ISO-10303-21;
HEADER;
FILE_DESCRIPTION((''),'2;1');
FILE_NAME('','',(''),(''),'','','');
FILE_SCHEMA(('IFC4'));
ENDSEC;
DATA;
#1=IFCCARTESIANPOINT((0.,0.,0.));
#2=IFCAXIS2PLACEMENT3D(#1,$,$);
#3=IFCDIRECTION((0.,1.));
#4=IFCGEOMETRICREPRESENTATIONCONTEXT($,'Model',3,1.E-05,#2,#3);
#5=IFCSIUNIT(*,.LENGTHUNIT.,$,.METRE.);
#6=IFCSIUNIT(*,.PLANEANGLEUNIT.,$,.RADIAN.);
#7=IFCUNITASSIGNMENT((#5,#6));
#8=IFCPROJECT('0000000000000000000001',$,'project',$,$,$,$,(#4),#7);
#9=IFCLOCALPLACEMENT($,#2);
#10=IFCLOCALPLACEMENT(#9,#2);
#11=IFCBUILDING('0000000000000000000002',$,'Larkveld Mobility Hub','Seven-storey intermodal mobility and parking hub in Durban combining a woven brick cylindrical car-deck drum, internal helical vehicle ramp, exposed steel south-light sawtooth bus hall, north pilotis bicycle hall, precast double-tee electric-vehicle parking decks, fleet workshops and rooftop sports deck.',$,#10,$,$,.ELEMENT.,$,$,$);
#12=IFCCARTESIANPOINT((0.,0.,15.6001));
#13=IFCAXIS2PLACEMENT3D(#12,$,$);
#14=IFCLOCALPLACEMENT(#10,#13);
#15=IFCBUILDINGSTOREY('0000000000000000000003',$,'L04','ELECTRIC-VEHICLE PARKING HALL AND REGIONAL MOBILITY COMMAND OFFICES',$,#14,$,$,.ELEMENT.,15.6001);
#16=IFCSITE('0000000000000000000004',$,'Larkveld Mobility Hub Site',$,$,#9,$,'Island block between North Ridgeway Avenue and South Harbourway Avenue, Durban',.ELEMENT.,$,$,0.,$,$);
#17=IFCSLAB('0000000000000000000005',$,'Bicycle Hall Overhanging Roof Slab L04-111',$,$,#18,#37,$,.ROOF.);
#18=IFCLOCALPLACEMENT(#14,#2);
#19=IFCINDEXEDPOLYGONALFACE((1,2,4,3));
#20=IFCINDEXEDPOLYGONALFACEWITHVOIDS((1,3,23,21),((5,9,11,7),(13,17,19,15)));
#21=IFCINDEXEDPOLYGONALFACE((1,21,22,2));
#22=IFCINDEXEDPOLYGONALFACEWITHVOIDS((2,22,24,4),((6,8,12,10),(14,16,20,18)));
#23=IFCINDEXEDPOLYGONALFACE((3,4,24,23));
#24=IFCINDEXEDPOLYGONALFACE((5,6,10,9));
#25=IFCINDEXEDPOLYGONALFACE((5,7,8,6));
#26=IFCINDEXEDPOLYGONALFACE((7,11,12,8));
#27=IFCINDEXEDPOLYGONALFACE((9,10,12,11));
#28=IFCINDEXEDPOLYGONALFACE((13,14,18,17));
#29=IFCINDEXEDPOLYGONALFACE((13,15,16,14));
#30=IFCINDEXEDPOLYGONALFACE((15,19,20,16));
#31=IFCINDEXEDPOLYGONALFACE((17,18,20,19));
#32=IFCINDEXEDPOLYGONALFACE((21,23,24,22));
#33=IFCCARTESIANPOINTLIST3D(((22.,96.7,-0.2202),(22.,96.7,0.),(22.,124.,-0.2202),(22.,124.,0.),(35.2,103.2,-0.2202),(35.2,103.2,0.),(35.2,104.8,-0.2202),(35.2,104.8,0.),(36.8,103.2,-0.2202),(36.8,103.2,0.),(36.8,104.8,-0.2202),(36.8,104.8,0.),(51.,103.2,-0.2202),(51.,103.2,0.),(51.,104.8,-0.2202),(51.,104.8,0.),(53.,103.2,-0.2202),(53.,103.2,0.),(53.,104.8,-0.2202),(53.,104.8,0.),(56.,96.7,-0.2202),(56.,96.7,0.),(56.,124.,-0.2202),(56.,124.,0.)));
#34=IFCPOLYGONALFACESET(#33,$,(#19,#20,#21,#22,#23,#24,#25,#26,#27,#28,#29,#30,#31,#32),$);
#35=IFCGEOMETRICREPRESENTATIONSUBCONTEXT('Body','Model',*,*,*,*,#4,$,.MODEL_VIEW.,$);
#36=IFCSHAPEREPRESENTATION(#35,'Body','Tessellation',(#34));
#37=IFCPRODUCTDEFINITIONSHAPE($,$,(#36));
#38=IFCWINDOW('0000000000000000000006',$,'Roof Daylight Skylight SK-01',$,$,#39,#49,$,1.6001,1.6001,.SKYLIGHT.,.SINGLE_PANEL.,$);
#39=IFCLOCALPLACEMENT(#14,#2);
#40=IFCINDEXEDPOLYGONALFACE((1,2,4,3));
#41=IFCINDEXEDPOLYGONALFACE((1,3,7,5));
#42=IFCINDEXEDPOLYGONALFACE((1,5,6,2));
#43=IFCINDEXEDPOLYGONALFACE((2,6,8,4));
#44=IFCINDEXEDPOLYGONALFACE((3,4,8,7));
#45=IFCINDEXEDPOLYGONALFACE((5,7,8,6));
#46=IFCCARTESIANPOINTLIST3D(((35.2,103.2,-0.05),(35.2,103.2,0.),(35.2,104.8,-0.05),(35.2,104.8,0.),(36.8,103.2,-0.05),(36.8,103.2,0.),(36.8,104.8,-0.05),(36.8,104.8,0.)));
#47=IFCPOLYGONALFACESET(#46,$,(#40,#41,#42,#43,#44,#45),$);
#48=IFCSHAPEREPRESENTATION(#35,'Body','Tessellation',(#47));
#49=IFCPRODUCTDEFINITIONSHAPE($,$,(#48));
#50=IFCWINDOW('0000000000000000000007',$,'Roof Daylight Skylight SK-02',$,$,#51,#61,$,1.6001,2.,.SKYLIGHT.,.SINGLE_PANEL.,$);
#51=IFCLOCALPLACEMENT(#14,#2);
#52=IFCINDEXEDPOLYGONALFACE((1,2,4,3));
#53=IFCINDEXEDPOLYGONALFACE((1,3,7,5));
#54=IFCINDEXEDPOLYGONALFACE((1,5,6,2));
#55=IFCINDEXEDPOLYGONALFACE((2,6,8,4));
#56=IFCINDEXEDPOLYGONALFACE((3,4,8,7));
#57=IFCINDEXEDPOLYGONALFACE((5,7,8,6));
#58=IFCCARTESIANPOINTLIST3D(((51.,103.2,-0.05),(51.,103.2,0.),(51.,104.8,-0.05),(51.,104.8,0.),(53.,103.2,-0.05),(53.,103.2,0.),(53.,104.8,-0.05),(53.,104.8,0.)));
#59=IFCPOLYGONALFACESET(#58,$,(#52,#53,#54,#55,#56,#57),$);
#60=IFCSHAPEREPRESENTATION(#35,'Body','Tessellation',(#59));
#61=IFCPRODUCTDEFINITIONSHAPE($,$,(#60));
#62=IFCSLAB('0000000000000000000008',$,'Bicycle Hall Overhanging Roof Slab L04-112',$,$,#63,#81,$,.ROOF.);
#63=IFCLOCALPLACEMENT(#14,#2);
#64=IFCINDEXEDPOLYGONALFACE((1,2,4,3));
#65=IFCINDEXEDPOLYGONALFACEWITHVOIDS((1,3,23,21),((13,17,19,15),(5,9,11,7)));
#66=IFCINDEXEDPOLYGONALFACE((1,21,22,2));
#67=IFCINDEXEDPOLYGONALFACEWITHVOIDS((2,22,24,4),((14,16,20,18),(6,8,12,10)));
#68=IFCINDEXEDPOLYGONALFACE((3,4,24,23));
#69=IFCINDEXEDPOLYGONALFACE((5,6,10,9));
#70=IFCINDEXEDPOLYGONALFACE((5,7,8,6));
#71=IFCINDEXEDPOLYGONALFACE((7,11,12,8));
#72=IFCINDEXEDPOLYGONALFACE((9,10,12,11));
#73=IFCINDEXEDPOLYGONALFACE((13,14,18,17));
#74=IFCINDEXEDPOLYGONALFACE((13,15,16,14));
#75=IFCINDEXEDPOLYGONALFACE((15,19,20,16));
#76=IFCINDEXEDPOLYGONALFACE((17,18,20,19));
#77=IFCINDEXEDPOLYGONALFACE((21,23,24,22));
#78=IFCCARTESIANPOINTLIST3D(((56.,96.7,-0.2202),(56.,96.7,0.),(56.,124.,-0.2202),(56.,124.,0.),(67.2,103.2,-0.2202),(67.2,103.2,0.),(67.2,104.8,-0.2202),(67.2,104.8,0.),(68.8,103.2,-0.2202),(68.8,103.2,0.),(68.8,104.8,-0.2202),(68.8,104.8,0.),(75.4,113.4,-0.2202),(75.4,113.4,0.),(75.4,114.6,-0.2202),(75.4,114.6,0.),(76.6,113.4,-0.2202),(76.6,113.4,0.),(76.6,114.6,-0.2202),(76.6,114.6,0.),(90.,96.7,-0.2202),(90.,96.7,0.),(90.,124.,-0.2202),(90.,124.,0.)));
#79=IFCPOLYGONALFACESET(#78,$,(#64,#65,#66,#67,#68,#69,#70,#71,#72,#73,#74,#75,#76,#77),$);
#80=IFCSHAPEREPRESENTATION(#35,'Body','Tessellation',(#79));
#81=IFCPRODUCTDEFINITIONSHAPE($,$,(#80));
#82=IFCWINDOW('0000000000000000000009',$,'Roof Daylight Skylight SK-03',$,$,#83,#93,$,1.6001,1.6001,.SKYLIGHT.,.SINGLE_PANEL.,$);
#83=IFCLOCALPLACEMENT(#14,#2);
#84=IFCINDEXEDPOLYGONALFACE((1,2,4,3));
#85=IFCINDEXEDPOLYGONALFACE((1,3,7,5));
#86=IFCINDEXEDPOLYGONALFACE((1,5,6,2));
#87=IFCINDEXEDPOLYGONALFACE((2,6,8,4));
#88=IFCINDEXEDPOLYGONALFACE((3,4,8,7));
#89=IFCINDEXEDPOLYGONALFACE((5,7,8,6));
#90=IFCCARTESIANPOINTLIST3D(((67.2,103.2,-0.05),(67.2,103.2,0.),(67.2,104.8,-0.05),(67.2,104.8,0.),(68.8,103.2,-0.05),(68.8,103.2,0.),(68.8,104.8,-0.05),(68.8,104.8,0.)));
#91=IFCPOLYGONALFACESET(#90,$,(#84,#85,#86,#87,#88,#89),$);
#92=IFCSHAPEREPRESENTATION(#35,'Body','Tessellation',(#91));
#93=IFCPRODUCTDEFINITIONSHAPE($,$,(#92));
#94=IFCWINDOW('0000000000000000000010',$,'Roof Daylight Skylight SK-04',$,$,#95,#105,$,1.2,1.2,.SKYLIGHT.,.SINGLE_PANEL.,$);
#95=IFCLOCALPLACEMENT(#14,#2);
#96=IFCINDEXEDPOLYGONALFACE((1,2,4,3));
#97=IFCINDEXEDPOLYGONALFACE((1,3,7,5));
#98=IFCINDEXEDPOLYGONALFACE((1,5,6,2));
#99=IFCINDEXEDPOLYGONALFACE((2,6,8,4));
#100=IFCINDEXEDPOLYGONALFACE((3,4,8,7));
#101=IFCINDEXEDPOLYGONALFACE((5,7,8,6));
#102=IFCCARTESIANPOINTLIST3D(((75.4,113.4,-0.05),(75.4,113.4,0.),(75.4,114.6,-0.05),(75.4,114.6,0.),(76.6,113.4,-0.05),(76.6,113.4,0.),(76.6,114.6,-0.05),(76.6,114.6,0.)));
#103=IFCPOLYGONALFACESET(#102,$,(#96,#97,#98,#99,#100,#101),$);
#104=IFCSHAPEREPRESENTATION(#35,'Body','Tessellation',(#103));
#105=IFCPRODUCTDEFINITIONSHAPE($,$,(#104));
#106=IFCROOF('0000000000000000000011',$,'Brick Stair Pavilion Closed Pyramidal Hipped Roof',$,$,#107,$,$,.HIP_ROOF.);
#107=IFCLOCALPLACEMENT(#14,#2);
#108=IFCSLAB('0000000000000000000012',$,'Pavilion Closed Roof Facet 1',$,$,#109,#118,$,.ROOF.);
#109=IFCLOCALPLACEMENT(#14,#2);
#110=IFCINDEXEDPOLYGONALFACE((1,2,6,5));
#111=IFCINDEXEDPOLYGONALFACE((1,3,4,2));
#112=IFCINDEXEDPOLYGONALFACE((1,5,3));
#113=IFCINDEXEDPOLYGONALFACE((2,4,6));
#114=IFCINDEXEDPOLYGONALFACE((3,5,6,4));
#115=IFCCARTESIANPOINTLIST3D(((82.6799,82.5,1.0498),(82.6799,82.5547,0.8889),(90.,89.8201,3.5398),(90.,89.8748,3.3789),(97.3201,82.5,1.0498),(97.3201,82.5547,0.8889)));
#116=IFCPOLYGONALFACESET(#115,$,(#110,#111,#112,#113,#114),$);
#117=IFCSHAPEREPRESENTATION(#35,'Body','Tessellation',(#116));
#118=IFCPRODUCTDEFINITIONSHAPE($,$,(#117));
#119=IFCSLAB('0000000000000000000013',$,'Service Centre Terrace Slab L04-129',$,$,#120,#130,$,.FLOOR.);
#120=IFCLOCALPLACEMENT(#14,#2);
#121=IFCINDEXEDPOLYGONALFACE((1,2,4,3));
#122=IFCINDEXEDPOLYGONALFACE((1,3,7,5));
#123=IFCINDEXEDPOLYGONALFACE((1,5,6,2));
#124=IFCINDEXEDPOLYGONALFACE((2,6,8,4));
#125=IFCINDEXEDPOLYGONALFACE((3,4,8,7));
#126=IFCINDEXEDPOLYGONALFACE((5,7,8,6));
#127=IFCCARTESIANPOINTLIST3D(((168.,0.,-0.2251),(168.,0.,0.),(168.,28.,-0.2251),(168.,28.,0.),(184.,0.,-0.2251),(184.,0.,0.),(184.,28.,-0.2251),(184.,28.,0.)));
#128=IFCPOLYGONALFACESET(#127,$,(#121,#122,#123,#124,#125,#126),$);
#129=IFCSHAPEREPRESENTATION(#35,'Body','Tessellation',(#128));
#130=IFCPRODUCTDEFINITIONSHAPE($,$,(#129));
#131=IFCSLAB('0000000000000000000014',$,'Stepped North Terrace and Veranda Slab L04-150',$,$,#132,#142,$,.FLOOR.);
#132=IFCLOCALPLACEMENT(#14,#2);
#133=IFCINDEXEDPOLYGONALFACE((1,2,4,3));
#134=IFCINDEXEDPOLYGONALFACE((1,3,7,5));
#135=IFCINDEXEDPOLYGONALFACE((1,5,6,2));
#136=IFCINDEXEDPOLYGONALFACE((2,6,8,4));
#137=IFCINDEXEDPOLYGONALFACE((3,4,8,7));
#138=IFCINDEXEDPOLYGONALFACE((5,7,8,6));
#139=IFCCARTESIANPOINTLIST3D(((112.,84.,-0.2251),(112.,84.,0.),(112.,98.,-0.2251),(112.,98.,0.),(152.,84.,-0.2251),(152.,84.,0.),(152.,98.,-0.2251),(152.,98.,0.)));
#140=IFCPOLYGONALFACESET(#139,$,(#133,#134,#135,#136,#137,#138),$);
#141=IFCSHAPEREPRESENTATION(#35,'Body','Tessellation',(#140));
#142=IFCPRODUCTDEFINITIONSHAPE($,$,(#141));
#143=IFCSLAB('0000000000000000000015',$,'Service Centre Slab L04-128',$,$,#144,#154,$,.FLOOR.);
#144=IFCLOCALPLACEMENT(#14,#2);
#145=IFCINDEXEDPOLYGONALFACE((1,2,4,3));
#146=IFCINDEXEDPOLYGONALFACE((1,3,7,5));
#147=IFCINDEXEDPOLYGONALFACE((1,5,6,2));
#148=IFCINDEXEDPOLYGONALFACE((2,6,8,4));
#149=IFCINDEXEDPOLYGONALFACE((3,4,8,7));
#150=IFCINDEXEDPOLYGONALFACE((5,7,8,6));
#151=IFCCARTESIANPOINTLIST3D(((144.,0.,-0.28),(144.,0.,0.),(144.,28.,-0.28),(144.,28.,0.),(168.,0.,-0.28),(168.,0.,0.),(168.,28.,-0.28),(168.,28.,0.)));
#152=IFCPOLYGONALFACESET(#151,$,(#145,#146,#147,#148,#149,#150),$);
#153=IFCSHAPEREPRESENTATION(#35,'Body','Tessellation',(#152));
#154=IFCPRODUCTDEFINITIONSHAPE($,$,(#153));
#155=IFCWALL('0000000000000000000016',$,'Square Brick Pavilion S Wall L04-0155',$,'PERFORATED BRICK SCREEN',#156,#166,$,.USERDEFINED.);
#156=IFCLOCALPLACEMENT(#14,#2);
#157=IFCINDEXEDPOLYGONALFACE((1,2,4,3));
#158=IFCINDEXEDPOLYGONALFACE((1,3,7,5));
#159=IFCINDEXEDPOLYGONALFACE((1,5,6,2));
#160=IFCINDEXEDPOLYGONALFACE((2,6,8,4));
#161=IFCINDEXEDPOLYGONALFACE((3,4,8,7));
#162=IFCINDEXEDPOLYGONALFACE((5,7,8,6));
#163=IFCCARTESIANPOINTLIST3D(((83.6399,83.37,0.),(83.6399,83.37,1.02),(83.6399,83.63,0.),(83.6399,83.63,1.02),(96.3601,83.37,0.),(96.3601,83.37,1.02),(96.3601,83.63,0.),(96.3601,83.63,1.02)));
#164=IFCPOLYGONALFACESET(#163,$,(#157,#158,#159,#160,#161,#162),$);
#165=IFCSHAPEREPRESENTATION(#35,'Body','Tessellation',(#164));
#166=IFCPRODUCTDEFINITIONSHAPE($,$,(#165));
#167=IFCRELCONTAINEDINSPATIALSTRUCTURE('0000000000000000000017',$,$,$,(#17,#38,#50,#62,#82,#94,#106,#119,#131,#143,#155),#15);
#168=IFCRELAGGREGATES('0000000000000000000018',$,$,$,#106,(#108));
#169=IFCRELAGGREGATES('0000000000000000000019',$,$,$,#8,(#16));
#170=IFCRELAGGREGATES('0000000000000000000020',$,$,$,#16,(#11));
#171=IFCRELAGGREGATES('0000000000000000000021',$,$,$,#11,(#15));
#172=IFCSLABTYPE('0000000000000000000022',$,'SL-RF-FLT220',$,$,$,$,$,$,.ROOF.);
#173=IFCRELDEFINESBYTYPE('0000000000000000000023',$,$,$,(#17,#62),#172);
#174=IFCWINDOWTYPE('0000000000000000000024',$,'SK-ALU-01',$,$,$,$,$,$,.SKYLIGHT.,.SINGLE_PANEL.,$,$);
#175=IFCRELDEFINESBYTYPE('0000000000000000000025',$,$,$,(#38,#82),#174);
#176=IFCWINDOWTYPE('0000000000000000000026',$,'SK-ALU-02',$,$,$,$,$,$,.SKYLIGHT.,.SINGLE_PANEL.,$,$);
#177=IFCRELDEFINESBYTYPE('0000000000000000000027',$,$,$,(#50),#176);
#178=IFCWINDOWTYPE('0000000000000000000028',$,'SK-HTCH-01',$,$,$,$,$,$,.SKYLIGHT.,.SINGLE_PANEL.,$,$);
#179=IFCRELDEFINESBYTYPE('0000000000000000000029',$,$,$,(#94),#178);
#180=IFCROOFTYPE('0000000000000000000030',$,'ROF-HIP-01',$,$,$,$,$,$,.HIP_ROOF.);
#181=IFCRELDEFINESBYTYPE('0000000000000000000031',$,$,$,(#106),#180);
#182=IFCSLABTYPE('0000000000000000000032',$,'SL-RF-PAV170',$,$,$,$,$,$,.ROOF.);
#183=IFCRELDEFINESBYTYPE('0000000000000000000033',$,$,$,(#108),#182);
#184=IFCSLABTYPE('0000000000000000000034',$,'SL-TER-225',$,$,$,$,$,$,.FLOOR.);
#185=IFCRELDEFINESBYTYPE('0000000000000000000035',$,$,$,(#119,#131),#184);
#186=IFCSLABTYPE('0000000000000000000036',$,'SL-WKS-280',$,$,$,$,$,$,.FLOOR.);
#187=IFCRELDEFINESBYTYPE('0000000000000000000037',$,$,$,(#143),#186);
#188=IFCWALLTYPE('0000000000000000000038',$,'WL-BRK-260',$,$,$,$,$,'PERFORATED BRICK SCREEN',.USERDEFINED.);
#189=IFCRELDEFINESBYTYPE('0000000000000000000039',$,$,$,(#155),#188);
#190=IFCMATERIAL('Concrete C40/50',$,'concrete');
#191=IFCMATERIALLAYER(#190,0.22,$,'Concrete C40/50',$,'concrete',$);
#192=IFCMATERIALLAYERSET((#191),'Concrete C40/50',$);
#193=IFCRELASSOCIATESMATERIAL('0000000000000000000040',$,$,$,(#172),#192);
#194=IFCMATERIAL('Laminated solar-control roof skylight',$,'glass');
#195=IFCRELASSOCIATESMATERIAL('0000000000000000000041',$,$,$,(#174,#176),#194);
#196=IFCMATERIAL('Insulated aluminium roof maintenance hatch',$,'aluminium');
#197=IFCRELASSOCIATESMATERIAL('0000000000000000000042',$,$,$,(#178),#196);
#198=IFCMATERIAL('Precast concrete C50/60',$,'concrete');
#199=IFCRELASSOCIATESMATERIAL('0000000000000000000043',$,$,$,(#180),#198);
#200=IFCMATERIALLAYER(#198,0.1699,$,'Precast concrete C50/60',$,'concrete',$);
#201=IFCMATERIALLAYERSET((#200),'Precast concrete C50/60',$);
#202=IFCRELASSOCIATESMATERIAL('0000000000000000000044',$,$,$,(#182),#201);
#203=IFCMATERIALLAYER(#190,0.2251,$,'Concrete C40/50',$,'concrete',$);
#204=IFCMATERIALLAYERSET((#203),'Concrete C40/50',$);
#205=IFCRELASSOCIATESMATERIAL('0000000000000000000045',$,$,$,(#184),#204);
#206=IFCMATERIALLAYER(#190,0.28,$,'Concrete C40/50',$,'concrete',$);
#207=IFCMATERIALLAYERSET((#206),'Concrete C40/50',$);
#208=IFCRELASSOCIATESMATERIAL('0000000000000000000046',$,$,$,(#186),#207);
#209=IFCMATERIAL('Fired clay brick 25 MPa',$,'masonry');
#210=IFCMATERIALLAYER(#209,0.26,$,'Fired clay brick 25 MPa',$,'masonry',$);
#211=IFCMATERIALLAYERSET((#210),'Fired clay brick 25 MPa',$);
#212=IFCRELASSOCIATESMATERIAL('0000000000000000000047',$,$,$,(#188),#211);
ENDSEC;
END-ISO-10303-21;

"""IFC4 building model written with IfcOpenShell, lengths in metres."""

from ifc_helpers import new_model, si_unit, direction, frame, frame_2d, origin, origin_2d, place, context, subcontext, project, spatial, polyline, rectangle, outline, extrude, material, layer, layer_set, type_object, element, fill, aggregate, save


model = new_model("IFC4")

# Units and contexts
model_context = context("Model", 3, precision=1e-05, world=origin(), true_north=direction((0.0, 1.0)))
body_context = subcontext(model_context, "Body", "Model", "MODEL_VIEW")
ifc_project = project(units=[si_unit("LENGTHUNIT", "METRE"), si_unit("PLANEANGLEUNIT", "RADIAN")], contexts=[model_context])

# Site, building, storey
site_placement = place(None, origin())
site = spatial("IfcSite", under=ifc_project, at=site_placement, Name="Larkveld Mobility Hub Site", LongName="Island block between North Ridgeway Avenue and South Harbourway Avenue, Durban", CompositionType="ELEMENT", RefElevation=0.0)
building_placement = place(site_placement, origin())
building = spatial("IfcBuilding", under=site, at=building_placement, Name="Larkveld Mobility Hub", Description="Seven-storey intermodal mobility and parking hub in Durban combining a woven brick cylindrical car-deck drum, internal helical vehicle ramp, exposed steel south-light sawtooth bus hall, north pilotis bicycle hall, precast double-tee electric-vehicle parking decks, fleet workshops and rooftop sports deck.", CompositionType="ELEMENT")
storey_placement = place(building_placement, frame((0.0, 0.0, 15.6001)))
storey = spatial("IfcBuildingStorey", under=building, at=storey_placement, Name="L04", Description="ELECTRIC-VEHICLE PARKING HALL AND REGIONAL MOBILITY COMMAND OFFICES", CompositionType="ELEMENT", Elevation=15.6001)

# Shared definitions
ifc_material_1 = material(Name="Concrete C40/50", Category="concrete")

# Slabs, openings, windows
ifc_layer_1 = layer(ifc_material_1, 0.22, Name="Concrete C40/50", Category="concrete")
ifc_layer_set_1 = layer_set([ifc_layer_1], Name="Concrete C40/50")
slab_type_1 = type_object("IfcSlabType", Name="SL-RF-FLT220", PredefinedType="ROOF", material=ifc_layer_set_1)
slab_1_placement = place(storey_placement, frame((0.0, 0.0, -0.2202)))
slab_1 = element("IfcSlab", 1, at=slab_1_placement, inside=storey, type_object=slab_type_1, Name="Bicycle Hall Overhanging Roof Slab L04-111", PredefinedType="ROOF", context=body_context, shape_type="SweptSolid", body=[
    extrude(outline(polyline([(22.0, 96.7), (56.0, 96.7), (56.0, 124.0), (22.0, 124.0), (22.0, 96.7)])), origin(), (0.0, 0.0, 1.0), 0.2202),
])
opening_1_placement = place(slab_1_placement, frame((36.0, 104.0, 0.0)))
opening_1 = element("IfcOpeningElement", 2, at=opening_1_placement, cuts=slab_1, PredefinedType="OPENING", context=body_context, shape_type="SweptSolid", body=[
    extrude(rectangle(XDim=1.6001, YDim=1.6001, at=origin_2d()), frame((0.0, 0.0, -0.01)), (0.0, 0.0, 1.0), 0.2402),
])
opening_2_placement = place(slab_1_placement, frame((52.0, 104.0, 0.0)))
opening_2 = element("IfcOpeningElement", 3, at=opening_2_placement, cuts=slab_1, PredefinedType="OPENING", context=body_context, shape_type="SweptSolid", body=[
    extrude(rectangle(XDim=2.0, YDim=1.6001, at=origin_2d()), frame((0.0, 0.0, -0.01)), (0.0, 0.0, 1.0), 0.2402),
])
ifc_material_2 = material(Name="Laminated solar-control roof skylight", Category="glass")
window_type_1 = type_object("IfcWindowType", Name="SK-ALU-01", PartitioningType="SINGLE_PANEL", PredefinedType="SKYLIGHT", material=ifc_material_2)
window_1_placement = place(opening_1_placement, frame((0.0, 0.0, 0.1702)))
window_1 = element("IfcWindow", 4, at=window_1_placement, inside=storey, type_object=window_type_1, Name="Roof Daylight Skylight SK-01", OverallHeight=1.6001, OverallWidth=1.6001, PartitioningType="SINGLE_PANEL", PredefinedType="SKYLIGHT", context=body_context, shape_type="SweptSolid", body=[
    extrude(rectangle(XDim=1.6001, YDim=1.6001, at=origin_2d()), origin(), (0.0, 0.0, 1.0), 0.05),
])
fill(opening_1, window_1)
window_type_2 = type_object("IfcWindowType", Name="SK-ALU-02", PartitioningType="SINGLE_PANEL", PredefinedType="SKYLIGHT", material=ifc_material_2)
window_2_placement = place(opening_2_placement, frame((0.0, 0.0, 0.1702)))
window_2 = element("IfcWindow", 5, at=window_2_placement, inside=storey, type_object=window_type_2, Name="Roof Daylight Skylight SK-02", OverallHeight=1.6001, OverallWidth=2.0, PartitioningType="SINGLE_PANEL", PredefinedType="SKYLIGHT", context=body_context, shape_type="SweptSolid", body=[
    extrude(rectangle(XDim=2.0, YDim=1.6001, at=origin_2d()), origin(), (0.0, 0.0, 1.0), 0.05),
])
fill(opening_2, window_2)
slab_2_placement = place(storey_placement, frame((0.0, 0.0, -0.2202)))
slab_2 = element("IfcSlab", 6, at=slab_2_placement, inside=storey, type_object=slab_type_1, Name="Bicycle Hall Overhanging Roof Slab L04-112", PredefinedType="ROOF", context=body_context, shape_type="SweptSolid", body=[
    extrude(outline(polyline([(56.0, 96.7), (90.0, 96.7), (90.0, 124.0), (56.0, 124.0), (56.0, 96.7)])), origin(), (0.0, 0.0, 1.0), 0.2202),
])
opening_3_placement = place(slab_2_placement, frame((68.0, 104.0, 0.0)))
opening_3 = element("IfcOpeningElement", 7, at=opening_3_placement, cuts=slab_2, PredefinedType="OPENING", context=body_context, shape_type="SweptSolid", body=[
    extrude(rectangle(XDim=1.6001, YDim=1.6001, at=origin_2d()), frame((0.0, 0.0, -0.01)), (0.0, 0.0, 1.0), 0.2402),
])
opening_4_placement = place(slab_2_placement, frame((76.0, 114.0, 0.0)))
opening_4 = element("IfcOpeningElement", 8, at=opening_4_placement, cuts=slab_2, PredefinedType="OPENING", context=body_context, shape_type="SweptSolid", body=[
    extrude(rectangle(XDim=1.2, YDim=1.2, at=origin_2d()), frame((0.0, 0.0, -0.01)), (0.0, 0.0, 1.0), 0.2402),
])
window_3_placement = place(opening_3_placement, frame((0.0, 0.0, 0.1702)))
window_3 = element("IfcWindow", 9, at=window_3_placement, inside=storey, type_object=window_type_1, Name="Roof Daylight Skylight SK-03", OverallHeight=1.6001, OverallWidth=1.6001, PartitioningType="SINGLE_PANEL", PredefinedType="SKYLIGHT", context=body_context, shape_type="SweptSolid", body=[
    extrude(rectangle(XDim=1.6001, YDim=1.6001, at=origin_2d()), origin(), (0.0, 0.0, 1.0), 0.05),
])
fill(opening_3, window_3)
ifc_material_3 = material(Name="Insulated aluminium roof maintenance hatch", Category="aluminium")
window_type_3 = type_object("IfcWindowType", Name="SK-HTCH-01", PartitioningType="SINGLE_PANEL", PredefinedType="SKYLIGHT", material=ifc_material_3)
window_4_placement = place(opening_4_placement, frame((0.0, 0.0, 0.1702)))
window_4 = element("IfcWindow", 10, at=window_4_placement, inside=storey, type_object=window_type_3, Name="Roof Daylight Skylight SK-04", OverallHeight=1.2, OverallWidth=1.2, PartitioningType="SINGLE_PANEL", PredefinedType="SKYLIGHT", context=body_context, shape_type="SweptSolid", body=[
    extrude(rectangle(XDim=1.2, YDim=1.2, at=origin_2d()), origin(), (0.0, 0.0, 1.0), 0.05),
])
fill(opening_4, window_4)

# Roof, slab
ifc_material_4 = material(Name="Precast concrete C50/60", Category="concrete")
roof_type = type_object("IfcRoofType", Name="ROF-HIP-01", PredefinedType="HIP_ROOF", material=ifc_material_4)
roof_placement = place(storey_placement, origin())
roof = element("IfcRoof", 11, at=roof_placement, inside=storey, type_object=roof_type, Name="Brick Stair Pavilion Closed Pyramidal Hipped Roof", PredefinedType="HIP_ROOF")
ifc_layer_2 = layer(ifc_material_4, 0.1699, Name="Precast concrete C50/60", Category="concrete")
ifc_layer_set_2 = layer_set([ifc_layer_2], Name="Precast concrete C50/60")
slab_type_2 = type_object("IfcSlabType", Name="SL-RF-PAV170", PredefinedType="ROOF", material=ifc_layer_set_2)
slab_3_placement = place(storey_placement, frame((82.6799, 82.5, 1.0498), z_axis=(0.0, -0.322038, 0.946727), x_axis=(1.0, 0.0, 0.0)))
slab_3 = element("IfcSlab", 12, at=slab_3_placement, type_object=slab_type_2, Name="Pavilion Closed Roof Facet 1", PredefinedType="ROOF", context=body_context, shape_type="SweptSolid", body=[
    extrude(outline(polyline([(0.0, 0.0), (14.6401, 0.0), (7.3201, 7.732), (0.0, 0.0)])), origin(), (0.0, 0.0, -1.0), 0.1699),
])
aggregate(roof, [slab_3])

# Slabs
ifc_layer_3 = layer(ifc_material_1, 0.2251, Name="Concrete C40/50", Category="concrete")
ifc_layer_set_3 = layer_set([ifc_layer_3], Name="Concrete C40/50")
slab_type_3 = type_object("IfcSlabType", Name="SL-TER-225", PredefinedType="FLOOR", material=ifc_layer_set_3)
slab_4_placement = place(storey_placement, frame((0.0, 0.0, -0.2251)))
element("IfcSlab", 13, at=slab_4_placement, inside=storey, type_object=slab_type_3, Name="Service Centre Terrace Slab L04-129", PredefinedType="FLOOR", context=body_context, shape_type="SweptSolid", body=[
    extrude(outline(polyline([(168.0, 0.0), (184.0, 0.0), (184.0, 28.0), (168.0, 28.0), (168.0, 0.0)])), origin(), (0.0, 0.0, 1.0), 0.2251),
])
slab_5_placement = place(storey_placement, frame((0.0, 0.0, -0.2251)))
element("IfcSlab", 14, at=slab_5_placement, inside=storey, type_object=slab_type_3, Name="Stepped North Terrace and Veranda Slab L04-150", PredefinedType="FLOOR", context=body_context, shape_type="SweptSolid", body=[
    extrude(outline(polyline([(112.0, 84.0), (152.0, 84.0), (152.0, 98.0), (112.0, 98.0), (112.0, 84.0)])), origin(), (0.0, 0.0, 1.0), 0.2251),
])
ifc_layer_4 = layer(ifc_material_1, 0.28, Name="Concrete C40/50", Category="concrete")
ifc_layer_set_4 = layer_set([ifc_layer_4], Name="Concrete C40/50")
slab_type_4 = type_object("IfcSlabType", Name="SL-WKS-280", PredefinedType="FLOOR", material=ifc_layer_set_4)
slab_6_placement = place(storey_placement, frame((0.0, 0.0, -0.28)))
element("IfcSlab", 15, at=slab_6_placement, inside=storey, type_object=slab_type_4, Name="Service Centre Slab L04-128", PredefinedType="FLOOR", context=body_context, shape_type="SweptSolid", body=[
    extrude(outline(polyline([(144.0, 0.0), (168.0, 0.0), (168.0, 28.0), (144.0, 28.0), (144.0, 0.0)])), origin(), (0.0, 0.0, 1.0), 0.28),
])

# Wall
ifc_material_5 = material(Name="Fired clay brick 25 MPa", Category="masonry")
ifc_layer_5 = layer(ifc_material_5, 0.26, Name="Fired clay brick 25 MPa", Category="masonry")
ifc_layer_set_5 = layer_set([ifc_layer_5], Name="Fired clay brick 25 MPa")
wall_type = type_object("IfcWallType", Name="WL-BRK-260", ElementType="PERFORATED BRICK SCREEN", PredefinedType="USERDEFINED", material=ifc_layer_set_5)
wall_placement = place(storey_placement, frame((83.6399, 83.5, 0.0), z_axis=(0.0, 0.0, 1.0), x_axis=(1.0, 0.0, 0.0)))
element("IfcWall", 16, at=wall_placement, inside=storey, type_object=wall_type, Name="Square Brick Pavilion S Wall L04-0155", ObjectType="PERFORATED BRICK SCREEN", PredefinedType="USERDEFINED", context=body_context, shape_type="SweptSolid", body=[
    extrude(rectangle(XDim=12.7202, YDim=0.26, at=frame_2d((6.3601, 0.0))), origin(), (0.0, 0.0, 1.0), 1.02),
])

save(model, "model.ifc")
